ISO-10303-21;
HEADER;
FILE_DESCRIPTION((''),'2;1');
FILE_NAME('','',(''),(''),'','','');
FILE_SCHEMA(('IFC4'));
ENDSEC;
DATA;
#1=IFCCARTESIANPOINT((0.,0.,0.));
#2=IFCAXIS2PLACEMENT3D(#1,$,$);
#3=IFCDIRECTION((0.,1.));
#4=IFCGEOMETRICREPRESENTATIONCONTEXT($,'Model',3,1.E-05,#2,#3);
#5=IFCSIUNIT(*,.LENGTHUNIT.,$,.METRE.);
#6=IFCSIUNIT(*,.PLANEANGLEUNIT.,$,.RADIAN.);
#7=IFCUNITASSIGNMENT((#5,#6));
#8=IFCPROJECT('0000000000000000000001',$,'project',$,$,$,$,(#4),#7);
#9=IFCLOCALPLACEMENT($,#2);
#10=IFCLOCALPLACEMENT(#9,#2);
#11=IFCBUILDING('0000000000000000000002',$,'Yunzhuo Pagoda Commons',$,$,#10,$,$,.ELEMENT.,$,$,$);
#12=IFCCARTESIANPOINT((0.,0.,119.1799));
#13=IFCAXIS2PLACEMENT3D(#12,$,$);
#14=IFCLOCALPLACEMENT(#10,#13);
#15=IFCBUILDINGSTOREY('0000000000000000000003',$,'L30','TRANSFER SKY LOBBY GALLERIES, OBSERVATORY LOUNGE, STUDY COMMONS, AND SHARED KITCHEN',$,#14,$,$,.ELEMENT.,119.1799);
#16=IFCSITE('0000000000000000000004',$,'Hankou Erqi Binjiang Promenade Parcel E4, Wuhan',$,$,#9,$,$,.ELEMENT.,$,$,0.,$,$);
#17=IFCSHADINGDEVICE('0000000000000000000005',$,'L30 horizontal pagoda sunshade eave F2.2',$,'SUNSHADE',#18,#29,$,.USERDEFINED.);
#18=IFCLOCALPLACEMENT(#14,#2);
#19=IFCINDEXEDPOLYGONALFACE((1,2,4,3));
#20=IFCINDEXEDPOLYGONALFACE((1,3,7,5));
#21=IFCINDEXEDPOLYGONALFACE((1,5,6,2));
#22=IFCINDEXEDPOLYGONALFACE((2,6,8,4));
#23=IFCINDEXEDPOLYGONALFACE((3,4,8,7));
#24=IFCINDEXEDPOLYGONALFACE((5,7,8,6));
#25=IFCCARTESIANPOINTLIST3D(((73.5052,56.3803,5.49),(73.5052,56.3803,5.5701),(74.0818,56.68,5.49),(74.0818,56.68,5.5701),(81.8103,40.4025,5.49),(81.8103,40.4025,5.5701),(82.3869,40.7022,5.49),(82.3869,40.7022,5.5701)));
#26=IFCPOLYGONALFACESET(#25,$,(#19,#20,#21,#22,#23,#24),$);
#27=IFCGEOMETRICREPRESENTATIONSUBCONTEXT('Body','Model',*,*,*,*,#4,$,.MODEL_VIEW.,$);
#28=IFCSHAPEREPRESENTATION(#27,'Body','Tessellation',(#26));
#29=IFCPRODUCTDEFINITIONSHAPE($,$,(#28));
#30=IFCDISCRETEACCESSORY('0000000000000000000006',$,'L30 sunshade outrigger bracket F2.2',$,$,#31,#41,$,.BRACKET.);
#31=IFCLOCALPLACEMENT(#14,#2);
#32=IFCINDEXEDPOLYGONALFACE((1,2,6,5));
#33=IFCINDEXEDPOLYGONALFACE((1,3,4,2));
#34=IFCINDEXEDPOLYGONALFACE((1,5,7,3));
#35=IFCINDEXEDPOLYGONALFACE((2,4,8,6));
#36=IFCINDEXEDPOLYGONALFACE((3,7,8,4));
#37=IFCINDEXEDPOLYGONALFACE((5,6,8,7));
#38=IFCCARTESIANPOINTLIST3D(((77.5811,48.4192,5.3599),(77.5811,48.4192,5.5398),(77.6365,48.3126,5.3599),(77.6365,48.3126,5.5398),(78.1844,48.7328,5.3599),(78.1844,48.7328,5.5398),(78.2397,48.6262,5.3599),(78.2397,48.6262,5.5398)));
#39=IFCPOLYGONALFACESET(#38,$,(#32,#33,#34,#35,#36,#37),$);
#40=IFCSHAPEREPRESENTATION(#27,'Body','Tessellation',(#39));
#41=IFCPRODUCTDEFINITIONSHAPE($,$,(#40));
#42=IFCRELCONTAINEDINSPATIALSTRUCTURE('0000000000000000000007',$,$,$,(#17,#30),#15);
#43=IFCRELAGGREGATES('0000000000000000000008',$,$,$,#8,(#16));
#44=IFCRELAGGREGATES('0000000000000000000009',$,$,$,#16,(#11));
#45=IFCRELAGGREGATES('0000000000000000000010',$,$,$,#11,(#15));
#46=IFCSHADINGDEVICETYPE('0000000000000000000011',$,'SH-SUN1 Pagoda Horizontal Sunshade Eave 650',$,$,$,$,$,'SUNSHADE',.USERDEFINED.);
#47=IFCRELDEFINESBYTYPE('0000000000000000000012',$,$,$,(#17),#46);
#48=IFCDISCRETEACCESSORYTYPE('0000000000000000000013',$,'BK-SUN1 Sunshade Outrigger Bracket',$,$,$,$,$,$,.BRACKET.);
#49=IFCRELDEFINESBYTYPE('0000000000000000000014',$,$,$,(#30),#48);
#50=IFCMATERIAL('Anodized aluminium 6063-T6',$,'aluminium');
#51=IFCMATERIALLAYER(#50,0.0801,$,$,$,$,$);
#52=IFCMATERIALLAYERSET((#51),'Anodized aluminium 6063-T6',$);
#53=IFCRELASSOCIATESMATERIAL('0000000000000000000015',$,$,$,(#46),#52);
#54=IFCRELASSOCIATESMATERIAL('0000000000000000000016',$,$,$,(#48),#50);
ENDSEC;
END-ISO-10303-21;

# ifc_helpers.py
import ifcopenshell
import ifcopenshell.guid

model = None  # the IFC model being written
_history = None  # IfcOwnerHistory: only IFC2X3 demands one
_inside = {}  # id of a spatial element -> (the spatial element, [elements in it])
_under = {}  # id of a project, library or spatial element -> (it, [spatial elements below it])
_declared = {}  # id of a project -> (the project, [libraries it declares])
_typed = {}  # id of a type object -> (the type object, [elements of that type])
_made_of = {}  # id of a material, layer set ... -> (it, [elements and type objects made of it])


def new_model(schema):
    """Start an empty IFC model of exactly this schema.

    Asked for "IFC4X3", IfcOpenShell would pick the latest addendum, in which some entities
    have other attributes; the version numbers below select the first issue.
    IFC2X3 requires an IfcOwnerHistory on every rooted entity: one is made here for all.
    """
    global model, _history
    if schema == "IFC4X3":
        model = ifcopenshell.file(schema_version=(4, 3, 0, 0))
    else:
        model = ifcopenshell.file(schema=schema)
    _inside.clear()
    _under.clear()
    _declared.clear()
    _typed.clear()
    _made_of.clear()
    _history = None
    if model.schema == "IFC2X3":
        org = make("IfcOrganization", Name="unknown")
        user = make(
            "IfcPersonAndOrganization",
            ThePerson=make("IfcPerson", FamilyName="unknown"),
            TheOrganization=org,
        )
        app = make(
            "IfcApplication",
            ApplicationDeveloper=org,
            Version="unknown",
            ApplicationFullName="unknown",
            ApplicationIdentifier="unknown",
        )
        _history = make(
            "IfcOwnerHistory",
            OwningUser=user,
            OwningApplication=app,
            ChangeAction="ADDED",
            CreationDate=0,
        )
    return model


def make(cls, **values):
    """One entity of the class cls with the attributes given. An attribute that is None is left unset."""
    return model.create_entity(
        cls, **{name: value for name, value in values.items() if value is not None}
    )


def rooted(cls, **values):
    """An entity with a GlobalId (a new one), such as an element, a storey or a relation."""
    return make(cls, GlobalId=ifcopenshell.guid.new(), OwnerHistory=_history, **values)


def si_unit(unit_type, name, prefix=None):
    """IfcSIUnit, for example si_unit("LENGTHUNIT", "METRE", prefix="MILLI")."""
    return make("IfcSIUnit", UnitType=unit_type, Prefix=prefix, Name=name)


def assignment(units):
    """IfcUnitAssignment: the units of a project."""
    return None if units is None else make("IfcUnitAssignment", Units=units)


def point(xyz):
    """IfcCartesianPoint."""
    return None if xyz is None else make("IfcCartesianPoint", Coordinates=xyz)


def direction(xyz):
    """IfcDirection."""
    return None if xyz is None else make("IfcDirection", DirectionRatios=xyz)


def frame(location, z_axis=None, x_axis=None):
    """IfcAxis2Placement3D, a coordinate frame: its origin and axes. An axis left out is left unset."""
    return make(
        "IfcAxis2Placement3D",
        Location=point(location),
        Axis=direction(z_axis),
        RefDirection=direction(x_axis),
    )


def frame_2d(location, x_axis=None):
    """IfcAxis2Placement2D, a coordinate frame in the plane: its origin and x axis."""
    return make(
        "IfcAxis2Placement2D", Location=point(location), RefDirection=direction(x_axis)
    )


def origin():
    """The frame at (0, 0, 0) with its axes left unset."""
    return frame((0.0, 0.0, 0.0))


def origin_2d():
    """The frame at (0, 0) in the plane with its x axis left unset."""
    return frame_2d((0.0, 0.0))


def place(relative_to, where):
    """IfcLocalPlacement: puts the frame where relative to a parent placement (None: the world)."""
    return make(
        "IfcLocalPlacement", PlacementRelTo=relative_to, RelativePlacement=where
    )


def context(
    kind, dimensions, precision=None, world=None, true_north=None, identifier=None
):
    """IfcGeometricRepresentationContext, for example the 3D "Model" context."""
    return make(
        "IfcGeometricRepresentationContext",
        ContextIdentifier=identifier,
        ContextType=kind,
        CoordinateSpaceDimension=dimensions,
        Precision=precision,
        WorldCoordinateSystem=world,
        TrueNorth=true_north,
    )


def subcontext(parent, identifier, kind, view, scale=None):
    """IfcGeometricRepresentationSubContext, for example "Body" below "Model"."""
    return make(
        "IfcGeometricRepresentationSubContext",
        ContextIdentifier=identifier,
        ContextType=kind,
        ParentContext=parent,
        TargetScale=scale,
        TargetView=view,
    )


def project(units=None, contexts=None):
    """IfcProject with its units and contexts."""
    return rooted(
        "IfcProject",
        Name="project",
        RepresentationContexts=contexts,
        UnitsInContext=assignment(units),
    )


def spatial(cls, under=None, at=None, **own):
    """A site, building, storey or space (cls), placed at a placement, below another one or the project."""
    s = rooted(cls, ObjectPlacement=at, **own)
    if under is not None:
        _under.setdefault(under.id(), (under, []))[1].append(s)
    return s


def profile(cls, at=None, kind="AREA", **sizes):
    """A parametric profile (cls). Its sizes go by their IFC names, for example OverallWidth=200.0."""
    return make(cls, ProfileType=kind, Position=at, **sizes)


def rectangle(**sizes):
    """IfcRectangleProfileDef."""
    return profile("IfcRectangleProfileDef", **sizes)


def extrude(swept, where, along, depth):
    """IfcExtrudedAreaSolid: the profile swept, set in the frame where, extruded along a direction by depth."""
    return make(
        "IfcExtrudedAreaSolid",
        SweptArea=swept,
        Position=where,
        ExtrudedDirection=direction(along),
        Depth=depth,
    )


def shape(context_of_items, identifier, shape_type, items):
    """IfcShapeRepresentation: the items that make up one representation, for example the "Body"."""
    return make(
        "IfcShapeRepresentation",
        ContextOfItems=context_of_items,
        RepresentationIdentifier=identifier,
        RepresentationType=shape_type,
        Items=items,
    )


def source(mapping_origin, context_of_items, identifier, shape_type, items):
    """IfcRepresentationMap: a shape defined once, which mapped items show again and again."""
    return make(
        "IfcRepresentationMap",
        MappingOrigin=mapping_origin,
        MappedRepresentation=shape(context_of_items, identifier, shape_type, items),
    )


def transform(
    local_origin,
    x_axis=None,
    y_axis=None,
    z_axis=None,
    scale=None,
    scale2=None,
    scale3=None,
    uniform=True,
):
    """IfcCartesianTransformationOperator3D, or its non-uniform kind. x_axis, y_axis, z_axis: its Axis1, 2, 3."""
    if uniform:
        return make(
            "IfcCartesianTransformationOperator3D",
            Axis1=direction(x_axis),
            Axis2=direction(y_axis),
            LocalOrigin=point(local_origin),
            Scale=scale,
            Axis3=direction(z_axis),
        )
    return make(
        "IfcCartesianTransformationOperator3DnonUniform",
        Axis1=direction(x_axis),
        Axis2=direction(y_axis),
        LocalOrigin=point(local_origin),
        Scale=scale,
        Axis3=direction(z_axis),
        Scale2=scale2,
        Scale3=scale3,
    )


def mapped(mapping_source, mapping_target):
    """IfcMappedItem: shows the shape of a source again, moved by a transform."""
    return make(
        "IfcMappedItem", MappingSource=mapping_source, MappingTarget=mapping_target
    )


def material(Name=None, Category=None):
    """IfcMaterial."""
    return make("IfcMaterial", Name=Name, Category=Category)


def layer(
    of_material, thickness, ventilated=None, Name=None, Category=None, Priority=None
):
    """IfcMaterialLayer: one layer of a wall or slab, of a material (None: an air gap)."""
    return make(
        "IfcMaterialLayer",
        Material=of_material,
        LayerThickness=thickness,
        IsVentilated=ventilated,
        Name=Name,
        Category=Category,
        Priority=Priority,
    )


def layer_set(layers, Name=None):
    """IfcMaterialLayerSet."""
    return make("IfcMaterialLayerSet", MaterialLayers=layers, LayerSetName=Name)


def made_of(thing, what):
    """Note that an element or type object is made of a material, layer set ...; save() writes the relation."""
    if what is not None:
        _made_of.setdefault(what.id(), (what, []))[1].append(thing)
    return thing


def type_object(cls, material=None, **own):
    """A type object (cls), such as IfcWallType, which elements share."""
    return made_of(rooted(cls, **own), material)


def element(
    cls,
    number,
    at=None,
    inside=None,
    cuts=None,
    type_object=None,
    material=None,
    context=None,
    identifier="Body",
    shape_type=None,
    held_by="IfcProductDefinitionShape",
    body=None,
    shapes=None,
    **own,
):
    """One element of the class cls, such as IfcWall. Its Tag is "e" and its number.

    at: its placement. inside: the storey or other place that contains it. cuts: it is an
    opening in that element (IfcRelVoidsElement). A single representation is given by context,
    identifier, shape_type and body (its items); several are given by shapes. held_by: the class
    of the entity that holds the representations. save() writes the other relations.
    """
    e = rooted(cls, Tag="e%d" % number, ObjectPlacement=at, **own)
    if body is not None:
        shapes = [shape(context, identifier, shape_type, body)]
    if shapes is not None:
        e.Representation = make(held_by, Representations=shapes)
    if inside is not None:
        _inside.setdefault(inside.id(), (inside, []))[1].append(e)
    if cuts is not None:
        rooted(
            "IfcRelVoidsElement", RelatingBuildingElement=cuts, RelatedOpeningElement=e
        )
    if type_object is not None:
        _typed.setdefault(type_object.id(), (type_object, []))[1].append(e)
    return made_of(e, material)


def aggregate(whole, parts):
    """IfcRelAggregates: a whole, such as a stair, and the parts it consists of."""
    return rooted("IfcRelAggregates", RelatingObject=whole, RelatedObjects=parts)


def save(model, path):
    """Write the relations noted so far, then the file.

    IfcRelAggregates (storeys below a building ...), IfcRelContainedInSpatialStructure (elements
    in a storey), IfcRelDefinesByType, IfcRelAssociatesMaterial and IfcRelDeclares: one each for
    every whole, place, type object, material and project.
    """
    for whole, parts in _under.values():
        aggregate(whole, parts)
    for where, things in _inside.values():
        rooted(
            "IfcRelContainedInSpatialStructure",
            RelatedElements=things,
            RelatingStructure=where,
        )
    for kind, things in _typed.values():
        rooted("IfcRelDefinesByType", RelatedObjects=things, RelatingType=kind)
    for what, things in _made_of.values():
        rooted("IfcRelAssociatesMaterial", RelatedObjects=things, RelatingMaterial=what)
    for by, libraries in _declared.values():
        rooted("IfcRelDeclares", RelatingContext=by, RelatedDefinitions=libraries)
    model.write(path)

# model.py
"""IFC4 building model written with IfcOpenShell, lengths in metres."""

from ifc_helpers import new_model, si_unit, direction, frame, origin, origin_2d, place, context, subcontext, project, spatial, rectangle, extrude, source, transform, mapped, material, layer, layer_set, type_object, element, save


model = new_model("IFC4")

# Units and contexts
model_context = context("Model", 3, precision=1e-05, world=origin(), true_north=direction((0.0, 1.0)))
body_context = subcontext(model_context, "Body", "Model", "MODEL_VIEW")
ifc_project = project(units=[si_unit("LENGTHUNIT", "METRE"), si_unit("PLANEANGLEUNIT", "RADIAN")], contexts=[model_context])

# Site, building, storey
site_placement = place(None, origin())
site = spatial("IfcSite", under=ifc_project, at=site_placement, Name="Hankou Erqi Binjiang Promenade Parcel E4, Wuhan", CompositionType="ELEMENT", RefElevation=0.0)
building_placement = place(site_placement, origin())
building = spatial("IfcBuilding", under=site, at=building_placement, Name="Yunzhuo Pagoda Commons", CompositionType="ELEMENT")
storey_placement = place(building_placement, frame((0.0, 0.0, 119.1799)))
storey = spatial("IfcBuildingStorey", under=building, at=storey_placement, Name="L30", Description="TRANSFER SKY LOBBY GALLERIES, OBSERVATORY LOUNGE, STUDY COMMONS, AND SHARED KITCHEN", CompositionType="ELEMENT", Elevation=119.1799)

# Shared definitions
ifc_material_1 = material(Name="Anodized aluminium 6063-T6", Category="aluminium")

# Shading device
ifc_layer_1 = layer(ifc_material_1, 0.0801)
ifc_layer_set_1 = layer_set([ifc_layer_1], Name="Anodized aluminium 6063-T6")
shading_device_type = type_object("IfcShadingDeviceType", Name="SH-SUN1 Pagoda Horizontal Sunshade Eave 650", ElementType="SUNSHADE", PredefinedType="USERDEFINED", material=ifc_layer_set_1)
shared_shape_1 = source(origin(), body_context, "Body", "SweptSolid", [
    extrude(rectangle(XDim=18.0073, YDim=0.6499, at=origin_2d()), origin(), (0.0, 0.0, 1.0), 0.0801),
])
shading_device_placement = place(storey_placement, frame((77.946, 48.5413, 5.49), z_axis=(0.0, 0.0, 1.0), x_axis=(-0.461207, 0.887293, 0.0)))
element("IfcShadingDevice", 1, at=shading_device_placement, inside=storey, type_object=shading_device_type, Name="L30 horizontal pagoda sunshade eave F2.2", ObjectType="SUNSHADE", PredefinedType="USERDEFINED", context=body_context, shape_type="MappedRepresentation", body=[
    mapped(shared_shape_1, transform((0.0, 0.0, 0.0), scale=1.0)),
])

# Discrete accessory
discrete_accessory_type = type_object("IfcDiscreteAccessoryType", Name="BK-SUN1 Sunshade Outrigger Bracket", PredefinedType="BRACKET", material=ifc_material_1)
shared_shape_2 = source(origin(), body_context, "Body", "SweptSolid", [
    extrude(rectangle(XDim=0.1201, YDim=0.6799, at=origin_2d()), origin(), (0.0, 0.0, 1.0), 0.1799),
])
discrete_accessory_placement = place(storey_placement, frame((77.9104, 48.5227, 5.3599), z_axis=(0.0, 0.0, 1.0), x_axis=(-0.461207, 0.887293, 0.0)))
element("IfcDiscreteAccessory", 2, at=discrete_accessory_placement, inside=storey, type_object=discrete_accessory_type, Name="L30 sunshade outrigger bracket F2.2", PredefinedType="BRACKET", context=body_context, shape_type="MappedRepresentation", body=[
    mapped(shared_shape_2, transform((0.0, 0.0, 0.0), scale=1.0)),
])

save(model, "model.ifc")
